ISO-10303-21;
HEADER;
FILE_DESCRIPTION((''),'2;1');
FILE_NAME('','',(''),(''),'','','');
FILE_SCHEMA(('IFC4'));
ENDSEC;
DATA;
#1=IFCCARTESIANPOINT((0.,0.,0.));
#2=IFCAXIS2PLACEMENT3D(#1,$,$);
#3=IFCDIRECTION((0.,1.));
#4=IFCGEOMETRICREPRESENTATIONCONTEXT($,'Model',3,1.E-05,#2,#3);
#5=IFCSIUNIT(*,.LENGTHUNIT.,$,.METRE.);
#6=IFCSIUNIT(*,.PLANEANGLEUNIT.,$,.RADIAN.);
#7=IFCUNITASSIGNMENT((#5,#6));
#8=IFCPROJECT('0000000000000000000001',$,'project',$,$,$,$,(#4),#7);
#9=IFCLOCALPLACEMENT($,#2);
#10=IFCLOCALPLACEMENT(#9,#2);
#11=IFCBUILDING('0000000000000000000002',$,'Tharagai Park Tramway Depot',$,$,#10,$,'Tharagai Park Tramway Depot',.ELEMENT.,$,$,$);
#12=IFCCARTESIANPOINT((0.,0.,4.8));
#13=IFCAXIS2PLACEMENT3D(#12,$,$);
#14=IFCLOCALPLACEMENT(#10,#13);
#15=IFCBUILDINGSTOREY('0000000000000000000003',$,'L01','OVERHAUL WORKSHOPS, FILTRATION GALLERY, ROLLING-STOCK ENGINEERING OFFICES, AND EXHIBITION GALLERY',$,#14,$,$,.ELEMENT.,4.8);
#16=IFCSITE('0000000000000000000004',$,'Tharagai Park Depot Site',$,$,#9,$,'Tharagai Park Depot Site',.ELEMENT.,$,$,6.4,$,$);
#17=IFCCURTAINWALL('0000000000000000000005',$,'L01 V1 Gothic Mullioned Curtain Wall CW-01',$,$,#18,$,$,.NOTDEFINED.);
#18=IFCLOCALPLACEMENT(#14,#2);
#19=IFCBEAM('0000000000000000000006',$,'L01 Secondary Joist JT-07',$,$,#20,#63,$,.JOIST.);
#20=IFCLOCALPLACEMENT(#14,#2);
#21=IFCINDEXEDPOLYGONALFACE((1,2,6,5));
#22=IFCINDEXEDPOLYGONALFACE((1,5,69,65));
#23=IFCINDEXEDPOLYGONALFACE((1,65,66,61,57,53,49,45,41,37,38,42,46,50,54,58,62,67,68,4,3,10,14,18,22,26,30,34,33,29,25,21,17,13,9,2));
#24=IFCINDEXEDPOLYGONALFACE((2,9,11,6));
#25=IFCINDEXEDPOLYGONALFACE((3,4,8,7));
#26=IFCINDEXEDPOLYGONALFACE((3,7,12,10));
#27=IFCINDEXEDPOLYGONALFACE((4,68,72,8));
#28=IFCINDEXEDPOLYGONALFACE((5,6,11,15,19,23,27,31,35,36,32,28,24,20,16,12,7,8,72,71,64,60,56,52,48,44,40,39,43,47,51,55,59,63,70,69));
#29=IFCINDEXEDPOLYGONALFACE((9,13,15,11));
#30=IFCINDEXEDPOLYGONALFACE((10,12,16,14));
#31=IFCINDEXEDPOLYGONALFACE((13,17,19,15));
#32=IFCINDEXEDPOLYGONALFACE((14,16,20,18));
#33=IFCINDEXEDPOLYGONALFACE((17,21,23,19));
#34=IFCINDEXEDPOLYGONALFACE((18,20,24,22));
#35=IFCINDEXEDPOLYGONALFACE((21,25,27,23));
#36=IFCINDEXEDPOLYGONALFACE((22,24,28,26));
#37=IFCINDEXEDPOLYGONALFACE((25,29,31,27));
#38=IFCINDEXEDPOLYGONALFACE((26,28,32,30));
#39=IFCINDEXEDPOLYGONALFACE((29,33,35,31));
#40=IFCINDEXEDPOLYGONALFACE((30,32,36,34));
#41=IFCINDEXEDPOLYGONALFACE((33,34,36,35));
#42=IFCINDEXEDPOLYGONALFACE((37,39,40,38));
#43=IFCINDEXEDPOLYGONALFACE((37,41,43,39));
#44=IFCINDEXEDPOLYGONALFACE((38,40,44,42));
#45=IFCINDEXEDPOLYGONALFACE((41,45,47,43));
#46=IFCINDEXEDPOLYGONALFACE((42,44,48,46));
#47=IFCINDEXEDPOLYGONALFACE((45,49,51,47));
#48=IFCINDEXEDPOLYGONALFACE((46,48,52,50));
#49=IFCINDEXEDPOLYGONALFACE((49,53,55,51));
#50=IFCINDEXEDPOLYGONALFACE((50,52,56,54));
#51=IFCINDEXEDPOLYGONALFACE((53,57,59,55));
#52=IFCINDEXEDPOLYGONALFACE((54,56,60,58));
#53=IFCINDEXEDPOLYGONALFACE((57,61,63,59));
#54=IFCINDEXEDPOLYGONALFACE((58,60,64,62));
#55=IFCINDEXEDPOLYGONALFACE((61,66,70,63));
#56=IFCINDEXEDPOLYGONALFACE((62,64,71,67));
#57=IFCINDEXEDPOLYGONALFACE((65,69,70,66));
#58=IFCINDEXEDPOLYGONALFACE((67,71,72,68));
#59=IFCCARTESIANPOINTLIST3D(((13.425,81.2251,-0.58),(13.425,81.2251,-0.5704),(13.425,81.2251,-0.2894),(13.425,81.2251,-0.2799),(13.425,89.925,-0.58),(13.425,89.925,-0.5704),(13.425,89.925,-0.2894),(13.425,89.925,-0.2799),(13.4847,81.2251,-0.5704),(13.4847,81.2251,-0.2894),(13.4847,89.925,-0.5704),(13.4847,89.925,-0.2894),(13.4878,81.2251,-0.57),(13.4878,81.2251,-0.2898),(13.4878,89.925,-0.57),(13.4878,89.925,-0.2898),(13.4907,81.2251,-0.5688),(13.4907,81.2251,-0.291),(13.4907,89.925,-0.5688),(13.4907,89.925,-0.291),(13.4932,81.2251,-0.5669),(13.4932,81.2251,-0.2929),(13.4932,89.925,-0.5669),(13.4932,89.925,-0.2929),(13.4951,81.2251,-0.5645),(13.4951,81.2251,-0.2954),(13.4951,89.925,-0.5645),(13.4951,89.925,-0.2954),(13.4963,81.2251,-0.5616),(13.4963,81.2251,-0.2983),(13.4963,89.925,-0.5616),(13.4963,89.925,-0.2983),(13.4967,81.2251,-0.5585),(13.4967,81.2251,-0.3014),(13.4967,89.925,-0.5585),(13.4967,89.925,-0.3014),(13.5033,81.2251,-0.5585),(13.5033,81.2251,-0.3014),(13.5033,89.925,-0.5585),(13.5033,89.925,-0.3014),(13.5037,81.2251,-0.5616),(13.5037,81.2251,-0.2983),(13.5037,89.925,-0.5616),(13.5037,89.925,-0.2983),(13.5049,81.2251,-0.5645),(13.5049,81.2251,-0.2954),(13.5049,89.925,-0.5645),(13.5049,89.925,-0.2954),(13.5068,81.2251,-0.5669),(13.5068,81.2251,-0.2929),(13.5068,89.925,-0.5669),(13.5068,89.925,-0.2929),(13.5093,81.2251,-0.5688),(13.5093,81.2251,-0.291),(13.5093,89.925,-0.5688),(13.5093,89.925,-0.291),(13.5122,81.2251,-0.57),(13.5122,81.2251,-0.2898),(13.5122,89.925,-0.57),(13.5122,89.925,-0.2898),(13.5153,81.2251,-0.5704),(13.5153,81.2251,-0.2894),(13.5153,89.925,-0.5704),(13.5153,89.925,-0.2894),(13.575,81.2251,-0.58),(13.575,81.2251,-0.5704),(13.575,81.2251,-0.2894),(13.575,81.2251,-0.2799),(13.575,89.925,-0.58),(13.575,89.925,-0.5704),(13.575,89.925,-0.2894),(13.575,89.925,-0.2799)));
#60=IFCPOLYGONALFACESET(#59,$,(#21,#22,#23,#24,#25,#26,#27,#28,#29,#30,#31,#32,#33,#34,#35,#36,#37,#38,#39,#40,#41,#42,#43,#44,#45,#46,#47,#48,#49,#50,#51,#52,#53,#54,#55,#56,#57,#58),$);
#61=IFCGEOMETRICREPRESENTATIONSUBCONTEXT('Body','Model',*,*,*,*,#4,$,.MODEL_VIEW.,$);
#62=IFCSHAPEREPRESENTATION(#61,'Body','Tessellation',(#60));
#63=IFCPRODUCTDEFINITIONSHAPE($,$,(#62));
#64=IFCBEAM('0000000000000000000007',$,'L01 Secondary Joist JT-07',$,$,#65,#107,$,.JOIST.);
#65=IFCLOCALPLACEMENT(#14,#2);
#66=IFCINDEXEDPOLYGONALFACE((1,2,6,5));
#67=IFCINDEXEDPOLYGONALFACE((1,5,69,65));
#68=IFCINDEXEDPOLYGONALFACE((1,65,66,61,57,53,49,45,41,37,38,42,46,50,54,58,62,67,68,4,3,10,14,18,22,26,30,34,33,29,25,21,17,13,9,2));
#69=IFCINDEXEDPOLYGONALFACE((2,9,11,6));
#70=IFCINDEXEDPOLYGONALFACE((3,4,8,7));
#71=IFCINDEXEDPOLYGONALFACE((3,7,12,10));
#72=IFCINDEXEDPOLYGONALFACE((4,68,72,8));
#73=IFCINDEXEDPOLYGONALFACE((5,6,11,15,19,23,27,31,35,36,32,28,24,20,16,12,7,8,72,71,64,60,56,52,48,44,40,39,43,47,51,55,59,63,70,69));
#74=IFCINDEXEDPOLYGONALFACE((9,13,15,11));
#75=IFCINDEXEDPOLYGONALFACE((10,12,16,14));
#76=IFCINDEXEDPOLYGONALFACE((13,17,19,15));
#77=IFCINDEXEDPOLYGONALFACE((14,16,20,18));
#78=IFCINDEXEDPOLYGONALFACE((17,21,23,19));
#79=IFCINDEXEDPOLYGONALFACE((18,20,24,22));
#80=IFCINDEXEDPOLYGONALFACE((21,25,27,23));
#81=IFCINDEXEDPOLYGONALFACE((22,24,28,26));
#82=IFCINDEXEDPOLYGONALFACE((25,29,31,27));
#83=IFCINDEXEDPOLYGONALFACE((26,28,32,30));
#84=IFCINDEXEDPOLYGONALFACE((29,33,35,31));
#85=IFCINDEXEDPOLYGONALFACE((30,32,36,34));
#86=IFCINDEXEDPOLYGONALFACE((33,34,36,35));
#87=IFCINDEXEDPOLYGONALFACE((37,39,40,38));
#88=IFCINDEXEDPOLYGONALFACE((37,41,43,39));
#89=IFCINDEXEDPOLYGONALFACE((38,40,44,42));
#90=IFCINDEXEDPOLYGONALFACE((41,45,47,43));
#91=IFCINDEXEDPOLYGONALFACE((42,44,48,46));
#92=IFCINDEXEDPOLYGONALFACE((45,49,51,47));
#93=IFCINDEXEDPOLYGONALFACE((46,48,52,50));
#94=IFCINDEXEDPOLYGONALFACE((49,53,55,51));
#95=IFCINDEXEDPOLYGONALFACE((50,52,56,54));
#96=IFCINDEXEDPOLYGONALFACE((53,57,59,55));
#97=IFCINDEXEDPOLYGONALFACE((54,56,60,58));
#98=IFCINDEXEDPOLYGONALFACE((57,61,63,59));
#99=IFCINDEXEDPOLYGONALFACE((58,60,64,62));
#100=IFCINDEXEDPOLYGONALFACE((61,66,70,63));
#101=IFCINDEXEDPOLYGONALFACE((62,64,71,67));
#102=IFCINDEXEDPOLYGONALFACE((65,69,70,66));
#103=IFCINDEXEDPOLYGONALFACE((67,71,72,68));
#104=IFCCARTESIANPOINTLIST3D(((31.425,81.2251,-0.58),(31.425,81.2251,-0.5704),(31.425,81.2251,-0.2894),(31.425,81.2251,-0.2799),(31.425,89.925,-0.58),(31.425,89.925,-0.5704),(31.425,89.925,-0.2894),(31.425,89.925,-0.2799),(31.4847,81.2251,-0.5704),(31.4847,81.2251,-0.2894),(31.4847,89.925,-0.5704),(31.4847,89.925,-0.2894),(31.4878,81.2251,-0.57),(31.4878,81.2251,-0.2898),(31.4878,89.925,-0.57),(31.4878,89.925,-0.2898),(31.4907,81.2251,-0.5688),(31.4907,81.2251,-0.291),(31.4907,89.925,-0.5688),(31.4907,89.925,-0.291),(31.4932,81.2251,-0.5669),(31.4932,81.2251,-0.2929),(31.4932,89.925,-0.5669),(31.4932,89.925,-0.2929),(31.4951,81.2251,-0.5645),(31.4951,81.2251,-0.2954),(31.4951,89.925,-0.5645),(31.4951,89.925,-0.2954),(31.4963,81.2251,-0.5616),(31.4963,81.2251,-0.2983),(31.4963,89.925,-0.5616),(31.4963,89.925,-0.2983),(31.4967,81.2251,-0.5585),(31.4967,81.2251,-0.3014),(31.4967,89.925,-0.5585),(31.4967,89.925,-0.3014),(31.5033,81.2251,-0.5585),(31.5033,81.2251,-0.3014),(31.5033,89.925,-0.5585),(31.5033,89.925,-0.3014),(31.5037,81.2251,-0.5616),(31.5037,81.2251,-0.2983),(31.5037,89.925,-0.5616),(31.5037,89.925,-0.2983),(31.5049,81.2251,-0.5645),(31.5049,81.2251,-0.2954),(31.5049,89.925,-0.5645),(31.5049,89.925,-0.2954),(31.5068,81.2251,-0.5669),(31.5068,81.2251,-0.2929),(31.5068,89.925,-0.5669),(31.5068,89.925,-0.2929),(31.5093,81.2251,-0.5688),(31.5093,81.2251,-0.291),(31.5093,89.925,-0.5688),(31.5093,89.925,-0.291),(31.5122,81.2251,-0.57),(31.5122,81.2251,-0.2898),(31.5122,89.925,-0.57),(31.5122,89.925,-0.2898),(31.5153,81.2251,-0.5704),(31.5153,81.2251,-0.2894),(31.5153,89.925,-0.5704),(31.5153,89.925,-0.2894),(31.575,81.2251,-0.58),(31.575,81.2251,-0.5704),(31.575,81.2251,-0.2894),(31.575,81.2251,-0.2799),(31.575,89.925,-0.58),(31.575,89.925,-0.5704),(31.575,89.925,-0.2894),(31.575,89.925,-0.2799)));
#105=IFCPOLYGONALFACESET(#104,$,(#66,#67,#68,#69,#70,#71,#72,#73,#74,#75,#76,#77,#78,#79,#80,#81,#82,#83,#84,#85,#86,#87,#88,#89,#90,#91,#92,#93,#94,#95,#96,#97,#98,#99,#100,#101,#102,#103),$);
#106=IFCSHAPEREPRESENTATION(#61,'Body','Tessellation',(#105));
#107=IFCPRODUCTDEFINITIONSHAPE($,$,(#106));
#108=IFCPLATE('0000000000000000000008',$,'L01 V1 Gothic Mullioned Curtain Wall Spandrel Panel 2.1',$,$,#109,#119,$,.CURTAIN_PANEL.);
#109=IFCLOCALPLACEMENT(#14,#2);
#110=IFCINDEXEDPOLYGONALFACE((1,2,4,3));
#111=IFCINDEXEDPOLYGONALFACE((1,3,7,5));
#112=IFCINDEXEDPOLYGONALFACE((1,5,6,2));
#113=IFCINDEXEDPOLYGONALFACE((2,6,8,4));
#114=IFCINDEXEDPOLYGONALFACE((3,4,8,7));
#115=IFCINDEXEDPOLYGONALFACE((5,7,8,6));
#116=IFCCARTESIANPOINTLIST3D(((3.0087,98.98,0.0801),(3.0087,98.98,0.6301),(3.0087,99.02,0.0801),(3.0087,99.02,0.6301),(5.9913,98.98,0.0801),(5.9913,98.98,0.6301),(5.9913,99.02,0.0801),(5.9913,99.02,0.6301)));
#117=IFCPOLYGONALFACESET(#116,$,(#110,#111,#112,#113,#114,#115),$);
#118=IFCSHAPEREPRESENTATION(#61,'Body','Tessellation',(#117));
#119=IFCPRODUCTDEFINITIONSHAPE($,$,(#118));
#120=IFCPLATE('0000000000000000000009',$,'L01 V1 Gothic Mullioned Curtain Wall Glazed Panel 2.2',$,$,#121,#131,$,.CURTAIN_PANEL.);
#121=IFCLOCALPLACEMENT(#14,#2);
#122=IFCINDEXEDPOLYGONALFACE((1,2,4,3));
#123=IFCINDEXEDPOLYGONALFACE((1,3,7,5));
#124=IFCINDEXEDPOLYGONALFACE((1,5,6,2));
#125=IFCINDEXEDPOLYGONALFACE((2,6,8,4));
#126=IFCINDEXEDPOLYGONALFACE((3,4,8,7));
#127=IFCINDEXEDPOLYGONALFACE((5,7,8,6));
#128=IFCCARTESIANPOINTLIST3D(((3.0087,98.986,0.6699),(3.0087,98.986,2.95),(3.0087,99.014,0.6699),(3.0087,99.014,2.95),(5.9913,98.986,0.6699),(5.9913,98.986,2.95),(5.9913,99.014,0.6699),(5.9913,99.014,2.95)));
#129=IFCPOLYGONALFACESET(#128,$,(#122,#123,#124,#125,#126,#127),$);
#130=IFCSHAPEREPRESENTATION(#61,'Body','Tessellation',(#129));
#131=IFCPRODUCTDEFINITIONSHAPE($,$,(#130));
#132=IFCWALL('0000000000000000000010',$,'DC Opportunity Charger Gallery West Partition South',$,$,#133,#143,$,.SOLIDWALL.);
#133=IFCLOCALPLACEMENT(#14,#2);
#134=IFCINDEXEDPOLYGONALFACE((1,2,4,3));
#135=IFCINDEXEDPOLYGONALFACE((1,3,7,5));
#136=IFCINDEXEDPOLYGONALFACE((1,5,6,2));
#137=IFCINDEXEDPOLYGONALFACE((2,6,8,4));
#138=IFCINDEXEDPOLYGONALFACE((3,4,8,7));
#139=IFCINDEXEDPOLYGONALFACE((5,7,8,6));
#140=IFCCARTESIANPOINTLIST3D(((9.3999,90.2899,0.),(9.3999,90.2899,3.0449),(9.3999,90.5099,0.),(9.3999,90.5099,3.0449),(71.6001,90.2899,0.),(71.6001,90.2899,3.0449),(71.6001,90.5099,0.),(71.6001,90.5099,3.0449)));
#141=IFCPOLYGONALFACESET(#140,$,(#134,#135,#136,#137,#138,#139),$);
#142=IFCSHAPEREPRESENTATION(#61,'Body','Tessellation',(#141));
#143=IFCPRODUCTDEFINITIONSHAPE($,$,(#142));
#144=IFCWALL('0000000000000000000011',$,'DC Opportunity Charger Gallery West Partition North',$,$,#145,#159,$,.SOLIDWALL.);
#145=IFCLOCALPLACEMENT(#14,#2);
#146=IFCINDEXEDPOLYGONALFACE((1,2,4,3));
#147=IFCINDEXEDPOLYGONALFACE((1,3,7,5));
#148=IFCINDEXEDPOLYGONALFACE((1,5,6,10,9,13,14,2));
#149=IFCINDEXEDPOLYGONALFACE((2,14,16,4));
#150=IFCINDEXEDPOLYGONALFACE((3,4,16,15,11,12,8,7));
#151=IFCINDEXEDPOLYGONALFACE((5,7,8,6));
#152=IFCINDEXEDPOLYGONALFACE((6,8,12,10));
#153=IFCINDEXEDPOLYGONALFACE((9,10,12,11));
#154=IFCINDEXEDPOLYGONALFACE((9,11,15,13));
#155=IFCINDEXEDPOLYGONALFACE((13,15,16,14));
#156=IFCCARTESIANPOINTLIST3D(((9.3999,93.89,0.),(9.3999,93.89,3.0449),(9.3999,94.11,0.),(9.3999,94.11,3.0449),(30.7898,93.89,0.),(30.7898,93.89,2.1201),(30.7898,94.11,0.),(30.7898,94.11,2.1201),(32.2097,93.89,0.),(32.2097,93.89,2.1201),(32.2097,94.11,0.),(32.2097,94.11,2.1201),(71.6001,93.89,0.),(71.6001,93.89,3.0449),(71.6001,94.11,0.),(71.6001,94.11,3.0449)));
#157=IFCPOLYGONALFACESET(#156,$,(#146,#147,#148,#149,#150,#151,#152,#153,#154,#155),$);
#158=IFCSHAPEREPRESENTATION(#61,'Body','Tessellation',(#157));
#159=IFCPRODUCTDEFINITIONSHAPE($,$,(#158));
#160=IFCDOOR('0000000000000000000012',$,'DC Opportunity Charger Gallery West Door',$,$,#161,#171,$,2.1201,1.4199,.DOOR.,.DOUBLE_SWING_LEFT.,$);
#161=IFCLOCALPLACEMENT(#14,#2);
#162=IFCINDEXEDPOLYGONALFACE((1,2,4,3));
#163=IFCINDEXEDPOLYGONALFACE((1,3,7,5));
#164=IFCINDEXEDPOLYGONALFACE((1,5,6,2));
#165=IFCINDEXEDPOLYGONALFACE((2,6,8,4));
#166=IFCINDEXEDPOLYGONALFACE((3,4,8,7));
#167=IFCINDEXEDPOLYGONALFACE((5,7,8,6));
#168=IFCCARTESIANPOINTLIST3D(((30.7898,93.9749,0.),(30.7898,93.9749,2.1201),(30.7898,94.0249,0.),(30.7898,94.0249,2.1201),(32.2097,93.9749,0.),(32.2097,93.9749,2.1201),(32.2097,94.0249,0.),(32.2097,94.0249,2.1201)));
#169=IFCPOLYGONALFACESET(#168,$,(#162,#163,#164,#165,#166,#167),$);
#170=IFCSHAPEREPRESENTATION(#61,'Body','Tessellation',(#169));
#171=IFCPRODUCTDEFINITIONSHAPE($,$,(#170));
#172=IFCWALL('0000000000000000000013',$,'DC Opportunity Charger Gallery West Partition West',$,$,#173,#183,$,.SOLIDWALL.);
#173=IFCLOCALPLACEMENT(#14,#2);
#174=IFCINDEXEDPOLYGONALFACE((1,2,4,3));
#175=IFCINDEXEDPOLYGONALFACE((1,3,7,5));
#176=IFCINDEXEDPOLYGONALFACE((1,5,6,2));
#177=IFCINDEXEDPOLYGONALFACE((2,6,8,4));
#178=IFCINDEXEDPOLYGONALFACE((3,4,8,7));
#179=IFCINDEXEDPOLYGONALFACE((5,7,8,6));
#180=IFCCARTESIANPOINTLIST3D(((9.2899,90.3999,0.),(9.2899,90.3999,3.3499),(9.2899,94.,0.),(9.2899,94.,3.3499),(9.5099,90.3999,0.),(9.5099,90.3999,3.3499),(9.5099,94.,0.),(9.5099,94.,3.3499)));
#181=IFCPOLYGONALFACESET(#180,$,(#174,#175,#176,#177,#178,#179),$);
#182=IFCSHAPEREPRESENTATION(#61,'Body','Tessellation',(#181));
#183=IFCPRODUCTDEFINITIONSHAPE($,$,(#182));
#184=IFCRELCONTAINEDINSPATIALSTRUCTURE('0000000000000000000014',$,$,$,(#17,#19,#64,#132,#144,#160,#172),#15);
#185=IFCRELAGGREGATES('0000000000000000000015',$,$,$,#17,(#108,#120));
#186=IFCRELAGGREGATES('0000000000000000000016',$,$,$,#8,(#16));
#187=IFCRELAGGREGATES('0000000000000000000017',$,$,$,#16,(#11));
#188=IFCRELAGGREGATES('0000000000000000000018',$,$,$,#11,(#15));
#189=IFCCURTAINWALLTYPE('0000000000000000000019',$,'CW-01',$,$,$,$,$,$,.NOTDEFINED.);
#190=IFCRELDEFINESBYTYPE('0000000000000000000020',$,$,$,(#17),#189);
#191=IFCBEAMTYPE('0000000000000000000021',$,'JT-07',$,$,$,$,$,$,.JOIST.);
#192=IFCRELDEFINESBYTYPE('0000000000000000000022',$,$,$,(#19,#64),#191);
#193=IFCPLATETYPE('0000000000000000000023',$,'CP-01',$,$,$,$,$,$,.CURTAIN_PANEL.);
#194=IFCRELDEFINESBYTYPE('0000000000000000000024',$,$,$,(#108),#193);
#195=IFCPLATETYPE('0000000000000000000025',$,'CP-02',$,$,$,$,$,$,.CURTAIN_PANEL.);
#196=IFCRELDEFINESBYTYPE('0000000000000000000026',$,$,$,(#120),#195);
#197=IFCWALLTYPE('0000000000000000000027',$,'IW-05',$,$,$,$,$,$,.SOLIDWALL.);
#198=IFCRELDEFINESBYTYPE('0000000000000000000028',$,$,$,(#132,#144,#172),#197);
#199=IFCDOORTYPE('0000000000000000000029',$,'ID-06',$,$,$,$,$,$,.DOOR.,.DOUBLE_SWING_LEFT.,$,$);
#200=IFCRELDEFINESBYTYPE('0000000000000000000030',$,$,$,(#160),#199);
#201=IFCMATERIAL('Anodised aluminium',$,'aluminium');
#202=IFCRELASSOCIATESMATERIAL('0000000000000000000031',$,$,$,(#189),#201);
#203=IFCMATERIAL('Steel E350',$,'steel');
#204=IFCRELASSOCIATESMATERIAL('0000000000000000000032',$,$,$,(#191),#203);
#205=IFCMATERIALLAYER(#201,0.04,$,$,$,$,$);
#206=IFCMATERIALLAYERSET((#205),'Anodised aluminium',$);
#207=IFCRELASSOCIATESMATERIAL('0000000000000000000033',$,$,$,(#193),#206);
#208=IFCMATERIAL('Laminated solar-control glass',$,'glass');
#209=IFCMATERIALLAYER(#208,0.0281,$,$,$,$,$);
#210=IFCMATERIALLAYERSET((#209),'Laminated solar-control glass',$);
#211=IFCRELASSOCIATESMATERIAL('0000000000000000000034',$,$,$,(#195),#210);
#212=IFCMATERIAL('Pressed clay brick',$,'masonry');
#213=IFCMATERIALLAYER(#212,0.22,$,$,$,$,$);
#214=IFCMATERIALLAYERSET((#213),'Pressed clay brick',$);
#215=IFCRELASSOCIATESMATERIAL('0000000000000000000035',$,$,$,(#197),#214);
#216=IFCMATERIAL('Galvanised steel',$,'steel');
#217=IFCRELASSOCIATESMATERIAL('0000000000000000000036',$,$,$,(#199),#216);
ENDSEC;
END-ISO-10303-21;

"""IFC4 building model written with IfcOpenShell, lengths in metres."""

from ifc_helpers import new_model, si_unit, direction, frame, frame_2d, origin, origin_2d, place, context, subcontext, project, spatial, rectangle, i_section, extrude, material, layer, layer_set, material_profile, profile_set, type_object, element, fill, aggregate, save


model = new_model("IFC4")

# Units and contexts
model_context = context("Model", 3, precision=1e-05, world=origin(), true_north=direction((0.0, 1.0)))
body_context = subcontext(model_context, "Body", "Model", "MODEL_VIEW")
ifc_project = project(units=[si_unit("LENGTHUNIT", "METRE"), si_unit("PLANEANGLEUNIT", "RADIAN")], contexts=[model_context])

# Site, building, storey
site_placement = place(None, origin())
site = spatial("IfcSite", under=ifc_project, at=site_placement, Name="Tharagai Park Depot Site", LongName="Tharagai Park Depot Site", CompositionType="ELEMENT", RefElevation=6.4)
building_placement = place(site_placement, origin())
building = spatial("IfcBuilding", under=site, at=building_placement, Name="Tharagai Park Tramway Depot", LongName="Tharagai Park Tramway Depot", CompositionType="ELEMENT")
storey_placement = place(building_placement, frame((0.0, 0.0, 4.8)))
storey = spatial("IfcBuildingStorey", under=building, at=storey_placement, Name="L01", Description="OVERHAUL WORKSHOPS, FILTRATION GALLERY, ROLLING-STOCK ENGINEERING OFFICES, AND EXHIBITION GALLERY", CompositionType="ELEMENT", Elevation=4.8)

# Shared definitions
ifc_material_1 = material(Name="Steel E350", Category="steel")

# Curtain wall
ifc_material_2 = material(Name="Anodised aluminium", Category="aluminium")
curtain_wall_type = type_object("IfcCurtainWallType", Name="CW-01", PredefinedType="NOTDEFINED", material=ifc_material_2)
curtain_wall_placement = place(storey_placement, origin())
curtain_wall = element("IfcCurtainWall", 1, at=curtain_wall_placement, inside=storey, type_object=curtain_wall_type, Name="L01 V1 Gothic Mullioned Curtain Wall CW-01", PredefinedType="NOTDEFINED")

# Beams
ifc_material_profile_1 = material_profile(ifc_material_1, i_section(OverallWidth=0.1499, OverallDepth=0.3, WebThickness=0.0066, FlangeThickness=0.0095, FilletRadius=0.012, at=origin_2d()), Name="ISLB 300")
ifc_profile_set_1 = profile_set([ifc_material_profile_1], Name="Steel E350")
beam_type_1 = type_object("IfcBeamType", Name="JT-07", PredefinedType="JOIST", material=ifc_profile_set_1)
for number, where, z_axis, x_axis, name in (
    (2, (13.5, 81.2251, -0.4299), (0.0, 1.0, 0.0), (-1.0, 0.0, 0.0), "L01 Secondary Joist JT-07"),
    (3, (31.5, 81.2251, -0.4299), (0.0, 1.0, 0.0), (-1.0, 0.0, 0.0), "L01 Secondary Joist JT-07"),
):
    element("IfcBeam", number, at=place(storey_placement, frame(where, z_axis=z_axis, x_axis=x_axis)), inside=storey, type_object=beam_type_1, Name=name, PredefinedType="JOIST", context=body_context, shape_type="SweptSolid", body=[
        extrude(i_section(OverallWidth=0.1499, OverallDepth=0.3, WebThickness=0.0066, FlangeThickness=0.0095, FilletRadius=0.012, at=origin_2d()), origin(), (0.0, 0.0, 1.0), 8.7),
    ])

# Plates
ifc_layer_1 = layer(ifc_material_2, 0.04)
ifc_layer_set_1 = layer_set([ifc_layer_1], Name="Anodised aluminium")
plate_type_1 = type_object("IfcPlateType", Name="CP-01", PredefinedType="CURTAIN_PANEL", material=ifc_layer_set_1)
plate_1_placement = place(storey_placement, frame((4.5, 99.0, 0.0801), z_axis=(0.0, 0.0, 1.0), x_axis=(1.0, 0.0, 0.0)))
plate_1 = element("IfcPlate", 4, at=plate_1_placement, type_object=plate_type_1, Name="L01 V1 Gothic Mullioned Curtain Wall Spandrel Panel 2.1", PredefinedType="CURTAIN_PANEL", context=body_context, shape_type="SweptSolid", body=[
    extrude(rectangle(XDim=2.9827, YDim=0.04, at=origin_2d()), origin(), (0.0, 0.0, 1.0), 0.55),
])
ifc_material_3 = material(Name="Laminated solar-control glass", Category="glass")
ifc_layer_2 = layer(ifc_material_3, 0.0281)
ifc_layer_set_2 = layer_set([ifc_layer_2], Name="Laminated solar-control glass")
plate_type_2 = type_object("IfcPlateType", Name="CP-02", PredefinedType="CURTAIN_PANEL", material=ifc_layer_set_2)
plate_2_placement = place(storey_placement, frame((4.5, 99.0, 0.6699), z_axis=(0.0, 0.0, 1.0), x_axis=(1.0, 0.0, 0.0)))
plate_2 = element("IfcPlate", 5, at=plate_2_placement, type_object=plate_type_2, Name="L01 V1 Gothic Mullioned Curtain Wall Glazed Panel 2.2", PredefinedType="CURTAIN_PANEL", context=body_context, shape_type="SweptSolid", body=[
    extrude(rectangle(XDim=2.9827, YDim=0.0281, at=origin_2d()), origin(), (0.0, 0.0, 1.0), 2.28),
])
aggregate(curtain_wall, [plate_1, plate_2])

# Wall
ifc_material_4 = material(Name="Pressed clay brick", Category="masonry")
ifc_layer_3 = layer(ifc_material_4, 0.22)
ifc_layer_set_3 = layer_set([ifc_layer_3], Name="Pressed clay brick")
wall_type_1 = type_object("IfcWallType", Name="IW-05", PredefinedType="SOLIDWALL", material=ifc_layer_set_3)
wall_1_placement = place(storey_placement, frame((9.3999, 90.3999, 0.0), z_axis=(0.0, 0.0, 1.0), x_axis=(1.0, 0.0, 0.0)))
element("IfcWall", 6, at=wall_1_placement, inside=storey, type_object=wall_type_1, Name="DC Opportunity Charger Gallery West Partition South", PredefinedType="SOLIDWALL", context=body_context, shape_type="SweptSolid", body=[
    extrude(rectangle(XDim=62.2002, YDim=0.22, at=frame_2d((31.1001, 0.0))), origin(), (0.0, 0.0, 1.0), 3.0449),
])

# Wall, opening, door
wall_2_placement = place(storey_placement, frame((9.3999, 94.0, 0.0), z_axis=(0.0, 0.0, 1.0), x_axis=(1.0, 0.0, 0.0)))
wall_2 = element("IfcWall", 7, at=wall_2_placement, inside=storey, type_object=wall_type_1, Name="DC Opportunity Charger Gallery West Partition North", PredefinedType="SOLIDWALL", context=body_context, shape_type="SweptSolid", body=[
    extrude(rectangle(XDim=62.2002, YDim=0.22, at=frame_2d((31.1001, 0.0))), origin(), (0.0, 0.0, 1.0), 3.0449),
])
opening_placement = place(wall_2_placement, frame((21.3899, 0.0, 0.0)))
opening = element("IfcOpeningElement", 8, at=opening_placement, cuts=wall_2, PredefinedType="OPENING", context=body_context, shape_type="SweptSolid", body=[
    extrude(rectangle(XDim=1.4199, YDim=2.1201, at=frame_2d((0.71, 1.0601))), frame((0.0, 0.1199, 0.0), z_axis=(0.0, -1.0, 0.0), x_axis=(1.0, 0.0, 0.0)), (0.0, 0.0, 1.0), 0.24),
])
ifc_material_5 = material(Name="Galvanised steel", Category="steel")
door_type = type_object("IfcDoorType", Name="ID-06", OperationType="DOUBLE_SWING_LEFT", PredefinedType="DOOR", material=ifc_material_5)
door_placement = place(opening_placement, origin())
door = element("IfcDoor", 9, at=door_placement, inside=storey, type_object=door_type, Name="DC Opportunity Charger Gallery West Door", OperationType="DOUBLE_SWING_LEFT", OverallHeight=2.1201, OverallWidth=1.4199, PredefinedType="DOOR", context=body_context, shape_type="SweptSolid", body=[
    extrude(rectangle(XDim=1.4199, YDim=2.1201, at=frame_2d((0.71, 1.0601))), frame((0.0, 0.0249, 0.0), z_axis=(0.0, -1.0, 0.0), x_axis=(1.0, 0.0, 0.0)), (0.0, 0.0, 1.0), 0.05),
])
fill(opening, door)

# Wall
wall_3_placement = place(storey_placement, frame((9.3999, 90.3999, 0.0), z_axis=(0.0, 0.0, 1.0), x_axis=(0.0, 1.0, 0.0)))
element("IfcWall", 10, at=wall_3_placement, inside=storey, type_object=wall_type_1, Name="DC Opportunity Charger Gallery West Partition West", PredefinedType="SOLIDWALL", context=body_context, shape_type="SweptSolid", body=[
    extrude(rectangle(XDim=3.6001, YDim=0.22, at=frame_2d((1.8, 0.0))), origin(), (0.0, 0.0, 1.0), 3.3499),
])

save(model, "model.ifc")
